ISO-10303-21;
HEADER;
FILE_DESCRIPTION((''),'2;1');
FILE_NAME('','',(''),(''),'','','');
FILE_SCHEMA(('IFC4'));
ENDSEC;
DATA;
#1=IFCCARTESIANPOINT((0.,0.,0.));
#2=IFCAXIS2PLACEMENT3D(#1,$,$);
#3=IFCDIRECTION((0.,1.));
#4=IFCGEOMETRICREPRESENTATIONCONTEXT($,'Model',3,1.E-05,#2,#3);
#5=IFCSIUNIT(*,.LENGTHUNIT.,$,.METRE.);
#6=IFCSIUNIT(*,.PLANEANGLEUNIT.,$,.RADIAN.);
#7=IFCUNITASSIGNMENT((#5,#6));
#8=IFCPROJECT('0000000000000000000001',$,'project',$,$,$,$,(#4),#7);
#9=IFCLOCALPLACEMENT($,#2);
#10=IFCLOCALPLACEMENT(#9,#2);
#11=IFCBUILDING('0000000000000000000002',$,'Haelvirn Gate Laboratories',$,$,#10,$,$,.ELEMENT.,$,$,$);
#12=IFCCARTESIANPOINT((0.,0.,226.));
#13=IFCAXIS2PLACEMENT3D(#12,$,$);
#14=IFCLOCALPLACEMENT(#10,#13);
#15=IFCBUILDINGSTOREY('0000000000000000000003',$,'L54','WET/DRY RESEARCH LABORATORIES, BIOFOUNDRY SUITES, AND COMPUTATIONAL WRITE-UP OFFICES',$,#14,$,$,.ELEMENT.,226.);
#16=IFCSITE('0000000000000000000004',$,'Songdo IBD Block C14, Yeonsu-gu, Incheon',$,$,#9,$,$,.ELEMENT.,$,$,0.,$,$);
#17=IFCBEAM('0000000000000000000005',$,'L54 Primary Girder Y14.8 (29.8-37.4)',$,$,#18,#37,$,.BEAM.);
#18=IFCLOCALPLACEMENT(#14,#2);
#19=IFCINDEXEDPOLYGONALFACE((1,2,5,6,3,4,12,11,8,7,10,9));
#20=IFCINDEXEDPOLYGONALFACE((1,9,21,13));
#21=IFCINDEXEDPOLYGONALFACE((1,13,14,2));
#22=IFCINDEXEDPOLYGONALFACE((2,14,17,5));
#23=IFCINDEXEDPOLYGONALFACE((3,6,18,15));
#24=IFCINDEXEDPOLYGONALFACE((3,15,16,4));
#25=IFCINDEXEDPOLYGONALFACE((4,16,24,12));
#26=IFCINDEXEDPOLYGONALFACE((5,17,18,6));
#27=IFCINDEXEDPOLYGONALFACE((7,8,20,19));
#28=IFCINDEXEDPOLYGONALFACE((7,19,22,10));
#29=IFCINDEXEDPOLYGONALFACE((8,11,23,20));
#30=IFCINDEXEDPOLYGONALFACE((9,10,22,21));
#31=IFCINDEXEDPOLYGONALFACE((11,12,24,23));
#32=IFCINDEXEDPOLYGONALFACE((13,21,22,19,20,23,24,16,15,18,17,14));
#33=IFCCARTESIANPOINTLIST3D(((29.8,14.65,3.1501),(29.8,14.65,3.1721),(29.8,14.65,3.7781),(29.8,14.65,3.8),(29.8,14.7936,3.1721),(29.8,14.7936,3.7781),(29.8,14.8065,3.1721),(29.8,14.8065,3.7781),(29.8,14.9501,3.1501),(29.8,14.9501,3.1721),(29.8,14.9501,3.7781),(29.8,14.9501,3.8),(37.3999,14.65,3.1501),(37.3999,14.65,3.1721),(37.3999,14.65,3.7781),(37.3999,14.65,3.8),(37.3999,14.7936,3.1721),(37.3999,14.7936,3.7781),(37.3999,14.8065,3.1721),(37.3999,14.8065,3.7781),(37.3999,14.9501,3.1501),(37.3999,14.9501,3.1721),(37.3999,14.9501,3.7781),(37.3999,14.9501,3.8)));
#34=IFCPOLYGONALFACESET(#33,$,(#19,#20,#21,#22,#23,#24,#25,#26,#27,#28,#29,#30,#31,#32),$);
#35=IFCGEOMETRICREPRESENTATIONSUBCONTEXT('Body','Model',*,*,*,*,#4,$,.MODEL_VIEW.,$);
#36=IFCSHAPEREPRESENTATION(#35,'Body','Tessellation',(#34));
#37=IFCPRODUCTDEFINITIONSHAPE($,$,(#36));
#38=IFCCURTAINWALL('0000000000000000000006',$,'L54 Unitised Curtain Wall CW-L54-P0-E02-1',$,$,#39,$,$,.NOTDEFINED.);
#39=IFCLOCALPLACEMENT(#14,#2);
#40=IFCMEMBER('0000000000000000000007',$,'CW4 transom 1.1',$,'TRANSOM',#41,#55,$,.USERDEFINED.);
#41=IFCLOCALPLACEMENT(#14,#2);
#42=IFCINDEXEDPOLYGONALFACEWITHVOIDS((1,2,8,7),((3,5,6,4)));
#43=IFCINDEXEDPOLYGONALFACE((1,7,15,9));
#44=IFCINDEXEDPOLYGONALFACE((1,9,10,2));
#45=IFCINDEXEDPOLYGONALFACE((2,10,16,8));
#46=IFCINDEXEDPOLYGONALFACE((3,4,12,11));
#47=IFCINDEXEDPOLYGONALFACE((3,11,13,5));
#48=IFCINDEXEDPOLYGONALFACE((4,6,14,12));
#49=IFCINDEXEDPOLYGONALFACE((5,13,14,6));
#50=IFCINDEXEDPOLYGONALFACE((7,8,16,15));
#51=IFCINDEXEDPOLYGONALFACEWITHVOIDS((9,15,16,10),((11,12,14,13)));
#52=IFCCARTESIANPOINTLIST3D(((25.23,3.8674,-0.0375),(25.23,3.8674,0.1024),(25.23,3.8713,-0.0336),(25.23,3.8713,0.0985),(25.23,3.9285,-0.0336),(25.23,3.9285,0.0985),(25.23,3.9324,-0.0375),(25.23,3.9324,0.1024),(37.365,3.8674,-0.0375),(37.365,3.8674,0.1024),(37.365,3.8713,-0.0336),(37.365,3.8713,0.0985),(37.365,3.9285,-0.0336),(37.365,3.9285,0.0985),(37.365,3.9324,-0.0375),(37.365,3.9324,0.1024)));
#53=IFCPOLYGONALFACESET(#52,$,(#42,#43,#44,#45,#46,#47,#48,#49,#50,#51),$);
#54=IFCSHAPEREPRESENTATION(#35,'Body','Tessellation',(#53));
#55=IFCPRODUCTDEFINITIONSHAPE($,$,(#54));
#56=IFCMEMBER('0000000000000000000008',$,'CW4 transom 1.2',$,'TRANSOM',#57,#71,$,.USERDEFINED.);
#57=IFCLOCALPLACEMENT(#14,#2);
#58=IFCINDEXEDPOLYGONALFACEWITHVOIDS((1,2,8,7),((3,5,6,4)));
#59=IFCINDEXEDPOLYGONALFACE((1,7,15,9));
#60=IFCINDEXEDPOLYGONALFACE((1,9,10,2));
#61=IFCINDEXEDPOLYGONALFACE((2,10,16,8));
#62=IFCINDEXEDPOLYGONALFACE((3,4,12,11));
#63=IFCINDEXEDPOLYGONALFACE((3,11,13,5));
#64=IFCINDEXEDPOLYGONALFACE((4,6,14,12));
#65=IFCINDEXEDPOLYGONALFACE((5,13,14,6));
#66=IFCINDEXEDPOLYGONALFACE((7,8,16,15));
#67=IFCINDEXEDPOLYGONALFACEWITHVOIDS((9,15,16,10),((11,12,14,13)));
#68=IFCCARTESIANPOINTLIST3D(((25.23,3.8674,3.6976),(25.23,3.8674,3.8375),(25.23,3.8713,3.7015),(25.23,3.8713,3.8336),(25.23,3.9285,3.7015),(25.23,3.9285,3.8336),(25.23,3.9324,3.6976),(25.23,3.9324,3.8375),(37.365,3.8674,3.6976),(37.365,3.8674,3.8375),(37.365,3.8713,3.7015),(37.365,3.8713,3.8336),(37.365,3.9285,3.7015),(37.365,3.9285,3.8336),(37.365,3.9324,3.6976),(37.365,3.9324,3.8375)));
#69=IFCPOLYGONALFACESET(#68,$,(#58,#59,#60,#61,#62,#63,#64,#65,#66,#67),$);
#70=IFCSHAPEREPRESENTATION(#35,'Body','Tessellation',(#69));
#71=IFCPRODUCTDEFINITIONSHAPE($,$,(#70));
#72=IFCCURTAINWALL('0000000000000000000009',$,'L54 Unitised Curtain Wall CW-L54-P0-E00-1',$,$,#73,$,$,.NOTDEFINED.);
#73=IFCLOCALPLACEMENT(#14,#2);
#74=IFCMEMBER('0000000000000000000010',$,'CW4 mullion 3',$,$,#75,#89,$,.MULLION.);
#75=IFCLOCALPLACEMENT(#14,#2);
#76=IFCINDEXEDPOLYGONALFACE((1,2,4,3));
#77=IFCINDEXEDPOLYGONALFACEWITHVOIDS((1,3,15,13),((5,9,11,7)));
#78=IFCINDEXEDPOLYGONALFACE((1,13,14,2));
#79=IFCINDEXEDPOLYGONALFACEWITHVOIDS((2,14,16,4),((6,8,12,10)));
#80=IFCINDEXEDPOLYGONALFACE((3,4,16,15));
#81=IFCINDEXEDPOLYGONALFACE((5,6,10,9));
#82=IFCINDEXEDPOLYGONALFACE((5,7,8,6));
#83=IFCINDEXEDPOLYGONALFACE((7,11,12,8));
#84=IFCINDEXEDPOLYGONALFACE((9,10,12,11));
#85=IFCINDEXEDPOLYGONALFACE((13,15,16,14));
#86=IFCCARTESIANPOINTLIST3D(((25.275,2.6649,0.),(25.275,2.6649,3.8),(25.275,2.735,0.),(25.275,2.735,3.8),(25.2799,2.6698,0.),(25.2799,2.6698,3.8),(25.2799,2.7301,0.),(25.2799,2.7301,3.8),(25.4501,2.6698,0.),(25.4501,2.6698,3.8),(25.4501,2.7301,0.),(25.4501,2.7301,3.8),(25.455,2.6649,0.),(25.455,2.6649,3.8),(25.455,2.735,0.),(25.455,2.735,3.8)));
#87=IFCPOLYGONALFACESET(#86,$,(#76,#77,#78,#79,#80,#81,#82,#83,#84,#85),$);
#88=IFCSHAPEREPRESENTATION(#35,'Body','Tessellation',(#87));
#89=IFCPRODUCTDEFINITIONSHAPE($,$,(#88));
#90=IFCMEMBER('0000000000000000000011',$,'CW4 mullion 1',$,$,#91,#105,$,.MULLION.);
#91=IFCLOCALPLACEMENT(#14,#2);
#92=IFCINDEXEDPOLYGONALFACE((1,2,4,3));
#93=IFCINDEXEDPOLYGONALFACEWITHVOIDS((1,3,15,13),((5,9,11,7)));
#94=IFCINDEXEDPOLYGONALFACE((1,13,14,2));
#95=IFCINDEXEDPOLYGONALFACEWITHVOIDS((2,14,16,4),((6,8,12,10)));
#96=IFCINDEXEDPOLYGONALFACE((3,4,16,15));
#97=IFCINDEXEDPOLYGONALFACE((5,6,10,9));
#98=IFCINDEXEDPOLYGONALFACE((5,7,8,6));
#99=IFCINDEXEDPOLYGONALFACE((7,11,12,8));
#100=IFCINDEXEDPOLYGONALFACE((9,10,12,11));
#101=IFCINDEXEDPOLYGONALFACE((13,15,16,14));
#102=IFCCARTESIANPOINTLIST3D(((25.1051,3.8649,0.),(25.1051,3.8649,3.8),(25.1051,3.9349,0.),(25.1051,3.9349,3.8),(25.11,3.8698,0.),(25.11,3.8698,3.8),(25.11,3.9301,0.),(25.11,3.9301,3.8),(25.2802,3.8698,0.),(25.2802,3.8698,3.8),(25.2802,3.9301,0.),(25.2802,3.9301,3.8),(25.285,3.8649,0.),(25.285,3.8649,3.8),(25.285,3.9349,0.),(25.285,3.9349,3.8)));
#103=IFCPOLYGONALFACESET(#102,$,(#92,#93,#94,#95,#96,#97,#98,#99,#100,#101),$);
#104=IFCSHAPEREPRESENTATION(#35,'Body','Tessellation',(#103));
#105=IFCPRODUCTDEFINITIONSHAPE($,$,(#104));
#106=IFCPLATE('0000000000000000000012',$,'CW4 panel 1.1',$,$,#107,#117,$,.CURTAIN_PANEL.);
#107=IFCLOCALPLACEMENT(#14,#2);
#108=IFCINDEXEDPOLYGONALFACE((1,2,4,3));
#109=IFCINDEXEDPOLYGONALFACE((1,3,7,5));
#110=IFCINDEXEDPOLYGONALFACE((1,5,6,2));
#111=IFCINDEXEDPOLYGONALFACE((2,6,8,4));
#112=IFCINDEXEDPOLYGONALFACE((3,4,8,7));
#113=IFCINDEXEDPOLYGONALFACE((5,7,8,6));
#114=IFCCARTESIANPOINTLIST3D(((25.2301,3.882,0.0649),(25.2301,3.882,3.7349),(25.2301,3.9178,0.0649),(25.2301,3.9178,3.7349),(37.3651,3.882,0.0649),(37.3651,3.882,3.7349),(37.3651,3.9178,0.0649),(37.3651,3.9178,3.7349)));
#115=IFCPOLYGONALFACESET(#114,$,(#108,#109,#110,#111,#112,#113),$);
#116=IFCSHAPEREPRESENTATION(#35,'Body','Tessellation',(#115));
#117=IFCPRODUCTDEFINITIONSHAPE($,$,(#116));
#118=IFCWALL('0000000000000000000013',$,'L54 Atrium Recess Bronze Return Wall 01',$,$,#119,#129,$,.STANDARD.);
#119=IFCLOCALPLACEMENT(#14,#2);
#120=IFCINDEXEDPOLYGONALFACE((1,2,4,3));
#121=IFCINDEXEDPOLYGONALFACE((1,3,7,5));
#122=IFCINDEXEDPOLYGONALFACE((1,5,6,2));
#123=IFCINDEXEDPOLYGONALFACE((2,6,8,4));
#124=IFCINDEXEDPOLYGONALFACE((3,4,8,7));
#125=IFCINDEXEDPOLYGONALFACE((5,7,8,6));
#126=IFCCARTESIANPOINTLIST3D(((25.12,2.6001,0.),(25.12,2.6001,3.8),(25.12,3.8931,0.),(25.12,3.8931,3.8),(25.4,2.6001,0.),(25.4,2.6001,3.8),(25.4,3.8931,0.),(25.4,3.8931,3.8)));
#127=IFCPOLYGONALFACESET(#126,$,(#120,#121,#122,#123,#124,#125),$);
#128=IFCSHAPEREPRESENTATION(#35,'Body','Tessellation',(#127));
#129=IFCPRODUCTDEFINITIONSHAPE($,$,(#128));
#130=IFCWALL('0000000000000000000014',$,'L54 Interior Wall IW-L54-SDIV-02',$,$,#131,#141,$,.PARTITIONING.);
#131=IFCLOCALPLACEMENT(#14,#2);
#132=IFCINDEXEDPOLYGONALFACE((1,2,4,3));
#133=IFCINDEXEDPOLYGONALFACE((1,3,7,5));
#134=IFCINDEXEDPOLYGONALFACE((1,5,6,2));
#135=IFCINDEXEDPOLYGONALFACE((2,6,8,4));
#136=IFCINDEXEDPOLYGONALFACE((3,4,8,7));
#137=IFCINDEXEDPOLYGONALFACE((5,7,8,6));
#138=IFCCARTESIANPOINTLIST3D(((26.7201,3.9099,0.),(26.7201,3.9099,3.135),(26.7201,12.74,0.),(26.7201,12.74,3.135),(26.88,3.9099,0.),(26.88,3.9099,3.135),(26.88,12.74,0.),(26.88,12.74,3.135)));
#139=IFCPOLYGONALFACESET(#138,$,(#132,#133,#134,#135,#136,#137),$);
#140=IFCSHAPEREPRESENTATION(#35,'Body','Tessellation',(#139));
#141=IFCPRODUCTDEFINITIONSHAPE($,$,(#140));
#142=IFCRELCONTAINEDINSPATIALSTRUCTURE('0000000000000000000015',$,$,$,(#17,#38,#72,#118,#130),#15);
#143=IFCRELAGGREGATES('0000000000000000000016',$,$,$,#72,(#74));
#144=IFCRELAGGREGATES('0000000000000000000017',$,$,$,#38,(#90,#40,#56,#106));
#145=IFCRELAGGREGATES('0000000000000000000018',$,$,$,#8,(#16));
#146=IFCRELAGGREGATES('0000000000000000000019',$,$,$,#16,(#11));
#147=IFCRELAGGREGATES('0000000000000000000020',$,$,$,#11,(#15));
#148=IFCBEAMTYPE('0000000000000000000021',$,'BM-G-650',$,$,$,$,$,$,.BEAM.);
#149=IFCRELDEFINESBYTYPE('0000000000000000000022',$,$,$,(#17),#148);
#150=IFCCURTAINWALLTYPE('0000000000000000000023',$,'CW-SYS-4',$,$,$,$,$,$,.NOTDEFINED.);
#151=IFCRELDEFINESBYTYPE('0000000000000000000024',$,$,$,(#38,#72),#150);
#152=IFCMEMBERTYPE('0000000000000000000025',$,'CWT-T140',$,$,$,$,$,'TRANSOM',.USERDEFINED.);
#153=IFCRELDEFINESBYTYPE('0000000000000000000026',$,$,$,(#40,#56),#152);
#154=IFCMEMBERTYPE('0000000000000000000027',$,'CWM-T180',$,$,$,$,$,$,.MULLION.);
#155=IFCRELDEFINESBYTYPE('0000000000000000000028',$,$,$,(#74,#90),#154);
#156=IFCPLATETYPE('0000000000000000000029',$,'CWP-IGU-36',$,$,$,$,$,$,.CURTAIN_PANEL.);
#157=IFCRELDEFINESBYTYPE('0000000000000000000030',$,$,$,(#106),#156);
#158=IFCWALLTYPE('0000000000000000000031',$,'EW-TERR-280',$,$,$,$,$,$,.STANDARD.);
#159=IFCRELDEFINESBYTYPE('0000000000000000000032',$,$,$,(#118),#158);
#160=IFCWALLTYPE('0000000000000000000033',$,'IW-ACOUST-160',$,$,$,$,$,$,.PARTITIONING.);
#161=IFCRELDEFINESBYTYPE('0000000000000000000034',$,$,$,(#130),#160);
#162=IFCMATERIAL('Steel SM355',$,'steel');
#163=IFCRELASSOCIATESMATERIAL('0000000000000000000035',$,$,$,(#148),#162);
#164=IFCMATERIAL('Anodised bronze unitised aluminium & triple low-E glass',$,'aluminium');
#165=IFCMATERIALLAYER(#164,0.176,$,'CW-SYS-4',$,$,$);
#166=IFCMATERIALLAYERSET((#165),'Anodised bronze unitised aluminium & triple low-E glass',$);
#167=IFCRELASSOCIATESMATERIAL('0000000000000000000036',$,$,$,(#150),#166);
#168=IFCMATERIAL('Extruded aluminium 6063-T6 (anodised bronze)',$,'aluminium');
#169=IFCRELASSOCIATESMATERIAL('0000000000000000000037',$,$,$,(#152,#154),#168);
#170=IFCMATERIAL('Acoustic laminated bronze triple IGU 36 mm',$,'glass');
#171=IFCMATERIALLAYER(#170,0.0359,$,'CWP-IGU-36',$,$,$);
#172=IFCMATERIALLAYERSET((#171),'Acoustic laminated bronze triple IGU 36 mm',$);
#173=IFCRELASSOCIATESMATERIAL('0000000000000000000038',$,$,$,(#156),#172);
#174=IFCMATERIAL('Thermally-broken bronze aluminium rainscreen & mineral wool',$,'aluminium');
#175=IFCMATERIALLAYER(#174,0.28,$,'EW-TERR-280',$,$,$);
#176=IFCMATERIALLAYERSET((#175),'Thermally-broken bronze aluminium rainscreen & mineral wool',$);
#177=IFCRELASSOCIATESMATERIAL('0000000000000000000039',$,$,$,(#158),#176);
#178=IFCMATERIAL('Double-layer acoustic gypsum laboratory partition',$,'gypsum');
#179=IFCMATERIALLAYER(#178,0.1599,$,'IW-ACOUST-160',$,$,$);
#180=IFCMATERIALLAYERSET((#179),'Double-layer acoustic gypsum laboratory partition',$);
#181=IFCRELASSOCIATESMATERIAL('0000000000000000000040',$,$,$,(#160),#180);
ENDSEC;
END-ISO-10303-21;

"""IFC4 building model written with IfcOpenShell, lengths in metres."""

from ifc_helpers import new_model, si_unit, direction, frame, frame_2d, origin, origin_2d, place, context, subcontext, project, spatial, rectangle, hollow_rectangle, i_section, extrude, source, transform, mapped, material, layer, layer_set, material_profile, profile_set, type_object, type_shapes, element, aggregate, save


model = new_model("IFC4")

# Units and contexts
model_context = context("Model", 3, precision=1e-05, world=origin(), true_north=direction((0.0, 1.0)))
body_context = subcontext(model_context, "Body", "Model", "MODEL_VIEW")
ifc_project = project(units=[si_unit("LENGTHUNIT", "METRE"), si_unit("PLANEANGLEUNIT", "RADIAN")], contexts=[model_context])

# Site, building, storey
site_placement = place(None, origin())
site = spatial("IfcSite", under=ifc_project, at=site_placement, Name="Songdo IBD Block C14, Yeonsu-gu, Incheon", CompositionType="ELEMENT", RefElevation=0.0)
building_placement = place(site_placement, origin())
building = spatial("IfcBuilding", under=site, at=building_placement, Name="Haelvirn Gate Laboratories", CompositionType="ELEMENT")
storey_placement = place(building_placement, frame((0.0, 0.0, 226.0)))
storey = spatial("IfcBuildingStorey", under=building, at=storey_placement, Name="L54", Description="WET/DRY RESEARCH LABORATORIES, BIOFOUNDRY SUITES, AND COMPUTATIONAL WRITE-UP OFFICES", CompositionType="ELEMENT", Elevation=226.0)

# Shared definitions
ifc_material_1 = material(Name="Steel SM355", Category="steel")

# Beam
ifc_material_profile_1 = material_profile(ifc_material_1, i_section(OverallWidth=0.3, OverallDepth=0.6499, WebThickness=0.0129, FlangeThickness=0.022, at=origin_2d()), Name="H-650x300x13x22")
ifc_profile_set_1 = profile_set([ifc_material_profile_1], Name="Steel SM355")
beam_type_1 = type_object("IfcBeamType", Name="BM-G-650", PredefinedType="BEAM", material=ifc_profile_set_1)
shared_shape_1 = source(origin(), body_context, "Body", "SweptSolid", [
    extrude(i_section(OverallWidth=0.3, OverallDepth=0.6499, WebThickness=0.0129, FlangeThickness=0.022, at=origin_2d()), origin(), (0.0, 0.0, 1.0), 7.5999),
])
for number, where, z_axis, x_axis, name in (
    (1, (29.8, 14.8, 3.4751), (1.0, 0.0, 0.0), (0.0, 1.0, 0.0), "L54 Primary Girder Y14.8 (29.8-37.4)"),
):
    element("IfcBeam", number, at=place(storey_placement, frame(where, z_axis=z_axis, x_axis=x_axis)), inside=storey, type_object=beam_type_1, Name=name, PredefinedType="BEAM", context=body_context, shape_type="MappedRepresentation", body=[
        mapped(shared_shape_1, transform((0.0, 0.0, 0.0), scale=1.0)),
    ])

# Curtain wall, members
ifc_material_2 = material(Name="Anodised bronze unitised aluminium & triple low-E glass", Category="aluminium")
ifc_layer_1 = layer(ifc_material_2, 0.176, Name="CW-SYS-4")
ifc_layer_set_1 = layer_set([ifc_layer_1], Name="Anodised bronze unitised aluminium & triple low-E glass")
curtain_wall_type = type_object("IfcCurtainWallType", Name="CW-SYS-4", PredefinedType="NOTDEFINED", material=ifc_layer_set_1)
curtain_wall_1_placement = place(storey_placement, origin())
curtain_wall_1 = element("IfcCurtainWall", 2, at=curtain_wall_1_placement, inside=storey, type_object=curtain_wall_type, Name="L54 Unitised Curtain Wall CW-L54-P0-E02-1", PredefinedType="NOTDEFINED")
ifc_material_3 = material(Name="Extruded aluminium 6063-T6 (anodised bronze)", Category="aluminium")
ifc_material_profile_2 = material_profile(ifc_material_3, hollow_rectangle(XDim=0.0649, YDim=0.1399, WallThickness=0.0039, at=origin_2d()), Name="CWT-140x65x4")
ifc_profile_set_2 = profile_set([ifc_material_profile_2], Name="Extruded aluminium 6063-T6 (anodised bronze)")
member_type_1 = type_object("IfcMemberType", Name="CWT-T140", ElementType="TRANSOM", PredefinedType="USERDEFINED", material=ifc_profile_set_2)
shared_shape_2 = source(origin(), body_context, "Body", "SweptSolid", [
    extrude(hollow_rectangle(XDim=0.0649, YDim=0.1399, WallThickness=0.0039, at=origin_2d()), origin(), (0.0, 0.0, 1.0), 12.135),
])
type_shapes(member_type_1, [shared_shape_2])
member_1_placement = place(storey_placement, frame((25.23, 3.8999, 0.0325), z_axis=(1.0, 0.0, 0.0), x_axis=(0.0, 1.0, 0.0)))
member_1 = element("IfcMember", 3, at=member_1_placement, type_object=member_type_1, Name="CW4 transom 1.1", ObjectType="TRANSOM", PredefinedType="USERDEFINED", context=body_context, shape_type="MappedRepresentation", body=[
    mapped(shared_shape_2, transform((0.0, 0.0, 0.0), scale=1.0)),
])
member_2_placement = place(storey_placement, frame((25.23, 3.8999, 3.7676), z_axis=(1.0, 0.0, 0.0), x_axis=(0.0, 1.0, 0.0)))
member_2 = element("IfcMember", 4, at=member_2_placement, type_object=member_type_1, Name="CW4 transom 1.2", ObjectType="TRANSOM", PredefinedType="USERDEFINED", context=body_context, shape_type="MappedRepresentation", body=[
    mapped(shared_shape_2, transform((0.0, 0.0, 0.0), scale=1.0)),
])

# Curtain wall, member
curtain_wall_2_placement = place(storey_placement, origin())
curtain_wall_2 = element("IfcCurtainWall", 5, at=curtain_wall_2_placement, inside=storey, type_object=curtain_wall_type, Name="L54 Unitised Curtain Wall CW-L54-P0-E00-1", PredefinedType="NOTDEFINED")
ifc_material_profile_3 = material_profile(ifc_material_3, hollow_rectangle(XDim=0.0701, YDim=0.1799, WallThickness=0.0049, at=origin_2d()), Name="CWM-180x70x5")
ifc_profile_set_3 = profile_set([ifc_material_profile_3], Name="Extruded aluminium 6063-T6 (anodised bronze)")
member_type_2 = type_object("IfcMemberType", Name="CWM-T180", PredefinedType="MULLION", material=ifc_profile_set_3)
shared_shape_3 = source(origin(), body_context, "Body", "SweptSolid", [
    extrude(hollow_rectangle(XDim=0.0701, YDim=0.1799, WallThickness=0.0049, at=origin_2d()), origin(), (0.0, 0.0, 1.0), 3.8),
])
type_shapes(member_type_2, [shared_shape_3])
member_3_placement = place(storey_placement, frame((25.365, 2.7, 0.0), z_axis=(0.0, 0.0, 1.0), x_axis=(0.0, 1.0, 0.0)))
member_3 = element("IfcMember", 6, at=member_3_placement, type_object=member_type_2, Name="CW4 mullion 3", PredefinedType="MULLION", context=body_context, shape_type="MappedRepresentation", body=[
    mapped(shared_shape_3, transform((0.0, 0.0, 0.0), scale=1.0)),
])
aggregate(curtain_wall_2, [member_3])

# Member
member_4_placement = place(storey_placement, frame((25.1951, 3.8999, 0.0), z_axis=(0.0, 0.0, 1.0), x_axis=(0.0, 1.0, 0.0)))
member_4 = element("IfcMember", 7, at=member_4_placement, type_object=member_type_2, Name="CW4 mullion 1", PredefinedType="MULLION", context=body_context, shape_type="MappedRepresentation", body=[
    mapped(shared_shape_3, transform((0.0, 0.0, 0.0), scale=1.0)),
])

# Plate
ifc_material_4 = material(Name="Acoustic laminated bronze triple IGU 36 mm", Category="glass")
ifc_layer_2 = layer(ifc_material_4, 0.0359, Name="CWP-IGU-36")
ifc_layer_set_2 = layer_set([ifc_layer_2], Name="Acoustic laminated bronze triple IGU 36 mm")
plate_type = type_object("IfcPlateType", Name="CWP-IGU-36", PredefinedType="CURTAIN_PANEL", material=ifc_layer_set_2)
shared_shape_4 = source(origin(), body_context, "Body", "SweptSolid", [
    extrude(rectangle(XDim=12.135, YDim=0.0359, at=origin_2d()), origin(), (0.0, 0.0, 1.0), 3.6699),
])
type_shapes(plate_type, [shared_shape_4])
plate_placement = place(storey_placement, frame((31.2976, 3.8999, 0.0649), z_axis=(0.0, 0.0, 1.0), x_axis=(1.0, 0.0, 0.0)))
plate = element("IfcPlate", 8, at=plate_placement, type_object=plate_type, Name="CW4 panel 1.1", PredefinedType="CURTAIN_PANEL", context=body_context, shape_type="MappedRepresentation", body=[
    mapped(shared_shape_4, transform((0.0, 0.0, 0.0), scale=1.0)),
])
aggregate(curtain_wall_1, [member_4, member_1, member_2, plate])

# Walls
ifc_material_5 = material(Name="Thermally-broken bronze aluminium rainscreen & mineral wool", Category="aluminium")
ifc_layer_3 = layer(ifc_material_5, 0.28, Name="EW-TERR-280")
ifc_layer_set_3 = layer_set([ifc_layer_3], Name="Thermally-broken bronze aluminium rainscreen & mineral wool")
wall_type_1 = type_object("IfcWallType", Name="EW-TERR-280", PredefinedType="STANDARD", material=ifc_layer_set_3)
wall_1_placement = place(storey_placement, frame((25.26, 2.6001, 0.0), z_axis=(0.0, 0.0, 1.0), x_axis=(0.0, 1.0, 0.0)))
element("IfcWall", 9, at=wall_1_placement, inside=storey, type_object=wall_type_1, Name="L54 Atrium Recess Bronze Return Wall 01", PredefinedType="STANDARD", context=body_context, shape_type="SweptSolid", body=[
    extrude(rectangle(XDim=1.293, YDim=0.28, at=frame_2d((0.6465, 0.0))), origin(), (0.0, 0.0, 1.0), 3.8),
])
ifc_material_6 = material(Name="Double-layer acoustic gypsum laboratory partition", Category="gypsum")
ifc_layer_4 = layer(ifc_material_6, 0.1599, Name="IW-ACOUST-160")
ifc_layer_set_4 = layer_set([ifc_layer_4], Name="Double-layer acoustic gypsum laboratory partition")
wall_type_2 = type_object("IfcWallType", Name="IW-ACOUST-160", PredefinedType="PARTITIONING", material=ifc_layer_set_4)
wall_2_placement = place(storey_placement, frame((26.8, 3.9099, 0.0), z_axis=(0.0, 0.0, 1.0), x_axis=(0.0, 1.0, 0.0)))
element("IfcWall", 10, at=wall_2_placement, inside=storey, type_object=wall_type_2, Name="L54 Interior Wall IW-L54-SDIV-02", PredefinedType="PARTITIONING", context=body_context, shape_type="SweptSolid", body=[
    extrude(rectangle(XDim=8.8301, YDim=0.1599, at=frame_2d((4.415, 0.0))), origin(), (0.0, 0.0, 1.0), 3.135),
])

save(model, "model.ifc")
